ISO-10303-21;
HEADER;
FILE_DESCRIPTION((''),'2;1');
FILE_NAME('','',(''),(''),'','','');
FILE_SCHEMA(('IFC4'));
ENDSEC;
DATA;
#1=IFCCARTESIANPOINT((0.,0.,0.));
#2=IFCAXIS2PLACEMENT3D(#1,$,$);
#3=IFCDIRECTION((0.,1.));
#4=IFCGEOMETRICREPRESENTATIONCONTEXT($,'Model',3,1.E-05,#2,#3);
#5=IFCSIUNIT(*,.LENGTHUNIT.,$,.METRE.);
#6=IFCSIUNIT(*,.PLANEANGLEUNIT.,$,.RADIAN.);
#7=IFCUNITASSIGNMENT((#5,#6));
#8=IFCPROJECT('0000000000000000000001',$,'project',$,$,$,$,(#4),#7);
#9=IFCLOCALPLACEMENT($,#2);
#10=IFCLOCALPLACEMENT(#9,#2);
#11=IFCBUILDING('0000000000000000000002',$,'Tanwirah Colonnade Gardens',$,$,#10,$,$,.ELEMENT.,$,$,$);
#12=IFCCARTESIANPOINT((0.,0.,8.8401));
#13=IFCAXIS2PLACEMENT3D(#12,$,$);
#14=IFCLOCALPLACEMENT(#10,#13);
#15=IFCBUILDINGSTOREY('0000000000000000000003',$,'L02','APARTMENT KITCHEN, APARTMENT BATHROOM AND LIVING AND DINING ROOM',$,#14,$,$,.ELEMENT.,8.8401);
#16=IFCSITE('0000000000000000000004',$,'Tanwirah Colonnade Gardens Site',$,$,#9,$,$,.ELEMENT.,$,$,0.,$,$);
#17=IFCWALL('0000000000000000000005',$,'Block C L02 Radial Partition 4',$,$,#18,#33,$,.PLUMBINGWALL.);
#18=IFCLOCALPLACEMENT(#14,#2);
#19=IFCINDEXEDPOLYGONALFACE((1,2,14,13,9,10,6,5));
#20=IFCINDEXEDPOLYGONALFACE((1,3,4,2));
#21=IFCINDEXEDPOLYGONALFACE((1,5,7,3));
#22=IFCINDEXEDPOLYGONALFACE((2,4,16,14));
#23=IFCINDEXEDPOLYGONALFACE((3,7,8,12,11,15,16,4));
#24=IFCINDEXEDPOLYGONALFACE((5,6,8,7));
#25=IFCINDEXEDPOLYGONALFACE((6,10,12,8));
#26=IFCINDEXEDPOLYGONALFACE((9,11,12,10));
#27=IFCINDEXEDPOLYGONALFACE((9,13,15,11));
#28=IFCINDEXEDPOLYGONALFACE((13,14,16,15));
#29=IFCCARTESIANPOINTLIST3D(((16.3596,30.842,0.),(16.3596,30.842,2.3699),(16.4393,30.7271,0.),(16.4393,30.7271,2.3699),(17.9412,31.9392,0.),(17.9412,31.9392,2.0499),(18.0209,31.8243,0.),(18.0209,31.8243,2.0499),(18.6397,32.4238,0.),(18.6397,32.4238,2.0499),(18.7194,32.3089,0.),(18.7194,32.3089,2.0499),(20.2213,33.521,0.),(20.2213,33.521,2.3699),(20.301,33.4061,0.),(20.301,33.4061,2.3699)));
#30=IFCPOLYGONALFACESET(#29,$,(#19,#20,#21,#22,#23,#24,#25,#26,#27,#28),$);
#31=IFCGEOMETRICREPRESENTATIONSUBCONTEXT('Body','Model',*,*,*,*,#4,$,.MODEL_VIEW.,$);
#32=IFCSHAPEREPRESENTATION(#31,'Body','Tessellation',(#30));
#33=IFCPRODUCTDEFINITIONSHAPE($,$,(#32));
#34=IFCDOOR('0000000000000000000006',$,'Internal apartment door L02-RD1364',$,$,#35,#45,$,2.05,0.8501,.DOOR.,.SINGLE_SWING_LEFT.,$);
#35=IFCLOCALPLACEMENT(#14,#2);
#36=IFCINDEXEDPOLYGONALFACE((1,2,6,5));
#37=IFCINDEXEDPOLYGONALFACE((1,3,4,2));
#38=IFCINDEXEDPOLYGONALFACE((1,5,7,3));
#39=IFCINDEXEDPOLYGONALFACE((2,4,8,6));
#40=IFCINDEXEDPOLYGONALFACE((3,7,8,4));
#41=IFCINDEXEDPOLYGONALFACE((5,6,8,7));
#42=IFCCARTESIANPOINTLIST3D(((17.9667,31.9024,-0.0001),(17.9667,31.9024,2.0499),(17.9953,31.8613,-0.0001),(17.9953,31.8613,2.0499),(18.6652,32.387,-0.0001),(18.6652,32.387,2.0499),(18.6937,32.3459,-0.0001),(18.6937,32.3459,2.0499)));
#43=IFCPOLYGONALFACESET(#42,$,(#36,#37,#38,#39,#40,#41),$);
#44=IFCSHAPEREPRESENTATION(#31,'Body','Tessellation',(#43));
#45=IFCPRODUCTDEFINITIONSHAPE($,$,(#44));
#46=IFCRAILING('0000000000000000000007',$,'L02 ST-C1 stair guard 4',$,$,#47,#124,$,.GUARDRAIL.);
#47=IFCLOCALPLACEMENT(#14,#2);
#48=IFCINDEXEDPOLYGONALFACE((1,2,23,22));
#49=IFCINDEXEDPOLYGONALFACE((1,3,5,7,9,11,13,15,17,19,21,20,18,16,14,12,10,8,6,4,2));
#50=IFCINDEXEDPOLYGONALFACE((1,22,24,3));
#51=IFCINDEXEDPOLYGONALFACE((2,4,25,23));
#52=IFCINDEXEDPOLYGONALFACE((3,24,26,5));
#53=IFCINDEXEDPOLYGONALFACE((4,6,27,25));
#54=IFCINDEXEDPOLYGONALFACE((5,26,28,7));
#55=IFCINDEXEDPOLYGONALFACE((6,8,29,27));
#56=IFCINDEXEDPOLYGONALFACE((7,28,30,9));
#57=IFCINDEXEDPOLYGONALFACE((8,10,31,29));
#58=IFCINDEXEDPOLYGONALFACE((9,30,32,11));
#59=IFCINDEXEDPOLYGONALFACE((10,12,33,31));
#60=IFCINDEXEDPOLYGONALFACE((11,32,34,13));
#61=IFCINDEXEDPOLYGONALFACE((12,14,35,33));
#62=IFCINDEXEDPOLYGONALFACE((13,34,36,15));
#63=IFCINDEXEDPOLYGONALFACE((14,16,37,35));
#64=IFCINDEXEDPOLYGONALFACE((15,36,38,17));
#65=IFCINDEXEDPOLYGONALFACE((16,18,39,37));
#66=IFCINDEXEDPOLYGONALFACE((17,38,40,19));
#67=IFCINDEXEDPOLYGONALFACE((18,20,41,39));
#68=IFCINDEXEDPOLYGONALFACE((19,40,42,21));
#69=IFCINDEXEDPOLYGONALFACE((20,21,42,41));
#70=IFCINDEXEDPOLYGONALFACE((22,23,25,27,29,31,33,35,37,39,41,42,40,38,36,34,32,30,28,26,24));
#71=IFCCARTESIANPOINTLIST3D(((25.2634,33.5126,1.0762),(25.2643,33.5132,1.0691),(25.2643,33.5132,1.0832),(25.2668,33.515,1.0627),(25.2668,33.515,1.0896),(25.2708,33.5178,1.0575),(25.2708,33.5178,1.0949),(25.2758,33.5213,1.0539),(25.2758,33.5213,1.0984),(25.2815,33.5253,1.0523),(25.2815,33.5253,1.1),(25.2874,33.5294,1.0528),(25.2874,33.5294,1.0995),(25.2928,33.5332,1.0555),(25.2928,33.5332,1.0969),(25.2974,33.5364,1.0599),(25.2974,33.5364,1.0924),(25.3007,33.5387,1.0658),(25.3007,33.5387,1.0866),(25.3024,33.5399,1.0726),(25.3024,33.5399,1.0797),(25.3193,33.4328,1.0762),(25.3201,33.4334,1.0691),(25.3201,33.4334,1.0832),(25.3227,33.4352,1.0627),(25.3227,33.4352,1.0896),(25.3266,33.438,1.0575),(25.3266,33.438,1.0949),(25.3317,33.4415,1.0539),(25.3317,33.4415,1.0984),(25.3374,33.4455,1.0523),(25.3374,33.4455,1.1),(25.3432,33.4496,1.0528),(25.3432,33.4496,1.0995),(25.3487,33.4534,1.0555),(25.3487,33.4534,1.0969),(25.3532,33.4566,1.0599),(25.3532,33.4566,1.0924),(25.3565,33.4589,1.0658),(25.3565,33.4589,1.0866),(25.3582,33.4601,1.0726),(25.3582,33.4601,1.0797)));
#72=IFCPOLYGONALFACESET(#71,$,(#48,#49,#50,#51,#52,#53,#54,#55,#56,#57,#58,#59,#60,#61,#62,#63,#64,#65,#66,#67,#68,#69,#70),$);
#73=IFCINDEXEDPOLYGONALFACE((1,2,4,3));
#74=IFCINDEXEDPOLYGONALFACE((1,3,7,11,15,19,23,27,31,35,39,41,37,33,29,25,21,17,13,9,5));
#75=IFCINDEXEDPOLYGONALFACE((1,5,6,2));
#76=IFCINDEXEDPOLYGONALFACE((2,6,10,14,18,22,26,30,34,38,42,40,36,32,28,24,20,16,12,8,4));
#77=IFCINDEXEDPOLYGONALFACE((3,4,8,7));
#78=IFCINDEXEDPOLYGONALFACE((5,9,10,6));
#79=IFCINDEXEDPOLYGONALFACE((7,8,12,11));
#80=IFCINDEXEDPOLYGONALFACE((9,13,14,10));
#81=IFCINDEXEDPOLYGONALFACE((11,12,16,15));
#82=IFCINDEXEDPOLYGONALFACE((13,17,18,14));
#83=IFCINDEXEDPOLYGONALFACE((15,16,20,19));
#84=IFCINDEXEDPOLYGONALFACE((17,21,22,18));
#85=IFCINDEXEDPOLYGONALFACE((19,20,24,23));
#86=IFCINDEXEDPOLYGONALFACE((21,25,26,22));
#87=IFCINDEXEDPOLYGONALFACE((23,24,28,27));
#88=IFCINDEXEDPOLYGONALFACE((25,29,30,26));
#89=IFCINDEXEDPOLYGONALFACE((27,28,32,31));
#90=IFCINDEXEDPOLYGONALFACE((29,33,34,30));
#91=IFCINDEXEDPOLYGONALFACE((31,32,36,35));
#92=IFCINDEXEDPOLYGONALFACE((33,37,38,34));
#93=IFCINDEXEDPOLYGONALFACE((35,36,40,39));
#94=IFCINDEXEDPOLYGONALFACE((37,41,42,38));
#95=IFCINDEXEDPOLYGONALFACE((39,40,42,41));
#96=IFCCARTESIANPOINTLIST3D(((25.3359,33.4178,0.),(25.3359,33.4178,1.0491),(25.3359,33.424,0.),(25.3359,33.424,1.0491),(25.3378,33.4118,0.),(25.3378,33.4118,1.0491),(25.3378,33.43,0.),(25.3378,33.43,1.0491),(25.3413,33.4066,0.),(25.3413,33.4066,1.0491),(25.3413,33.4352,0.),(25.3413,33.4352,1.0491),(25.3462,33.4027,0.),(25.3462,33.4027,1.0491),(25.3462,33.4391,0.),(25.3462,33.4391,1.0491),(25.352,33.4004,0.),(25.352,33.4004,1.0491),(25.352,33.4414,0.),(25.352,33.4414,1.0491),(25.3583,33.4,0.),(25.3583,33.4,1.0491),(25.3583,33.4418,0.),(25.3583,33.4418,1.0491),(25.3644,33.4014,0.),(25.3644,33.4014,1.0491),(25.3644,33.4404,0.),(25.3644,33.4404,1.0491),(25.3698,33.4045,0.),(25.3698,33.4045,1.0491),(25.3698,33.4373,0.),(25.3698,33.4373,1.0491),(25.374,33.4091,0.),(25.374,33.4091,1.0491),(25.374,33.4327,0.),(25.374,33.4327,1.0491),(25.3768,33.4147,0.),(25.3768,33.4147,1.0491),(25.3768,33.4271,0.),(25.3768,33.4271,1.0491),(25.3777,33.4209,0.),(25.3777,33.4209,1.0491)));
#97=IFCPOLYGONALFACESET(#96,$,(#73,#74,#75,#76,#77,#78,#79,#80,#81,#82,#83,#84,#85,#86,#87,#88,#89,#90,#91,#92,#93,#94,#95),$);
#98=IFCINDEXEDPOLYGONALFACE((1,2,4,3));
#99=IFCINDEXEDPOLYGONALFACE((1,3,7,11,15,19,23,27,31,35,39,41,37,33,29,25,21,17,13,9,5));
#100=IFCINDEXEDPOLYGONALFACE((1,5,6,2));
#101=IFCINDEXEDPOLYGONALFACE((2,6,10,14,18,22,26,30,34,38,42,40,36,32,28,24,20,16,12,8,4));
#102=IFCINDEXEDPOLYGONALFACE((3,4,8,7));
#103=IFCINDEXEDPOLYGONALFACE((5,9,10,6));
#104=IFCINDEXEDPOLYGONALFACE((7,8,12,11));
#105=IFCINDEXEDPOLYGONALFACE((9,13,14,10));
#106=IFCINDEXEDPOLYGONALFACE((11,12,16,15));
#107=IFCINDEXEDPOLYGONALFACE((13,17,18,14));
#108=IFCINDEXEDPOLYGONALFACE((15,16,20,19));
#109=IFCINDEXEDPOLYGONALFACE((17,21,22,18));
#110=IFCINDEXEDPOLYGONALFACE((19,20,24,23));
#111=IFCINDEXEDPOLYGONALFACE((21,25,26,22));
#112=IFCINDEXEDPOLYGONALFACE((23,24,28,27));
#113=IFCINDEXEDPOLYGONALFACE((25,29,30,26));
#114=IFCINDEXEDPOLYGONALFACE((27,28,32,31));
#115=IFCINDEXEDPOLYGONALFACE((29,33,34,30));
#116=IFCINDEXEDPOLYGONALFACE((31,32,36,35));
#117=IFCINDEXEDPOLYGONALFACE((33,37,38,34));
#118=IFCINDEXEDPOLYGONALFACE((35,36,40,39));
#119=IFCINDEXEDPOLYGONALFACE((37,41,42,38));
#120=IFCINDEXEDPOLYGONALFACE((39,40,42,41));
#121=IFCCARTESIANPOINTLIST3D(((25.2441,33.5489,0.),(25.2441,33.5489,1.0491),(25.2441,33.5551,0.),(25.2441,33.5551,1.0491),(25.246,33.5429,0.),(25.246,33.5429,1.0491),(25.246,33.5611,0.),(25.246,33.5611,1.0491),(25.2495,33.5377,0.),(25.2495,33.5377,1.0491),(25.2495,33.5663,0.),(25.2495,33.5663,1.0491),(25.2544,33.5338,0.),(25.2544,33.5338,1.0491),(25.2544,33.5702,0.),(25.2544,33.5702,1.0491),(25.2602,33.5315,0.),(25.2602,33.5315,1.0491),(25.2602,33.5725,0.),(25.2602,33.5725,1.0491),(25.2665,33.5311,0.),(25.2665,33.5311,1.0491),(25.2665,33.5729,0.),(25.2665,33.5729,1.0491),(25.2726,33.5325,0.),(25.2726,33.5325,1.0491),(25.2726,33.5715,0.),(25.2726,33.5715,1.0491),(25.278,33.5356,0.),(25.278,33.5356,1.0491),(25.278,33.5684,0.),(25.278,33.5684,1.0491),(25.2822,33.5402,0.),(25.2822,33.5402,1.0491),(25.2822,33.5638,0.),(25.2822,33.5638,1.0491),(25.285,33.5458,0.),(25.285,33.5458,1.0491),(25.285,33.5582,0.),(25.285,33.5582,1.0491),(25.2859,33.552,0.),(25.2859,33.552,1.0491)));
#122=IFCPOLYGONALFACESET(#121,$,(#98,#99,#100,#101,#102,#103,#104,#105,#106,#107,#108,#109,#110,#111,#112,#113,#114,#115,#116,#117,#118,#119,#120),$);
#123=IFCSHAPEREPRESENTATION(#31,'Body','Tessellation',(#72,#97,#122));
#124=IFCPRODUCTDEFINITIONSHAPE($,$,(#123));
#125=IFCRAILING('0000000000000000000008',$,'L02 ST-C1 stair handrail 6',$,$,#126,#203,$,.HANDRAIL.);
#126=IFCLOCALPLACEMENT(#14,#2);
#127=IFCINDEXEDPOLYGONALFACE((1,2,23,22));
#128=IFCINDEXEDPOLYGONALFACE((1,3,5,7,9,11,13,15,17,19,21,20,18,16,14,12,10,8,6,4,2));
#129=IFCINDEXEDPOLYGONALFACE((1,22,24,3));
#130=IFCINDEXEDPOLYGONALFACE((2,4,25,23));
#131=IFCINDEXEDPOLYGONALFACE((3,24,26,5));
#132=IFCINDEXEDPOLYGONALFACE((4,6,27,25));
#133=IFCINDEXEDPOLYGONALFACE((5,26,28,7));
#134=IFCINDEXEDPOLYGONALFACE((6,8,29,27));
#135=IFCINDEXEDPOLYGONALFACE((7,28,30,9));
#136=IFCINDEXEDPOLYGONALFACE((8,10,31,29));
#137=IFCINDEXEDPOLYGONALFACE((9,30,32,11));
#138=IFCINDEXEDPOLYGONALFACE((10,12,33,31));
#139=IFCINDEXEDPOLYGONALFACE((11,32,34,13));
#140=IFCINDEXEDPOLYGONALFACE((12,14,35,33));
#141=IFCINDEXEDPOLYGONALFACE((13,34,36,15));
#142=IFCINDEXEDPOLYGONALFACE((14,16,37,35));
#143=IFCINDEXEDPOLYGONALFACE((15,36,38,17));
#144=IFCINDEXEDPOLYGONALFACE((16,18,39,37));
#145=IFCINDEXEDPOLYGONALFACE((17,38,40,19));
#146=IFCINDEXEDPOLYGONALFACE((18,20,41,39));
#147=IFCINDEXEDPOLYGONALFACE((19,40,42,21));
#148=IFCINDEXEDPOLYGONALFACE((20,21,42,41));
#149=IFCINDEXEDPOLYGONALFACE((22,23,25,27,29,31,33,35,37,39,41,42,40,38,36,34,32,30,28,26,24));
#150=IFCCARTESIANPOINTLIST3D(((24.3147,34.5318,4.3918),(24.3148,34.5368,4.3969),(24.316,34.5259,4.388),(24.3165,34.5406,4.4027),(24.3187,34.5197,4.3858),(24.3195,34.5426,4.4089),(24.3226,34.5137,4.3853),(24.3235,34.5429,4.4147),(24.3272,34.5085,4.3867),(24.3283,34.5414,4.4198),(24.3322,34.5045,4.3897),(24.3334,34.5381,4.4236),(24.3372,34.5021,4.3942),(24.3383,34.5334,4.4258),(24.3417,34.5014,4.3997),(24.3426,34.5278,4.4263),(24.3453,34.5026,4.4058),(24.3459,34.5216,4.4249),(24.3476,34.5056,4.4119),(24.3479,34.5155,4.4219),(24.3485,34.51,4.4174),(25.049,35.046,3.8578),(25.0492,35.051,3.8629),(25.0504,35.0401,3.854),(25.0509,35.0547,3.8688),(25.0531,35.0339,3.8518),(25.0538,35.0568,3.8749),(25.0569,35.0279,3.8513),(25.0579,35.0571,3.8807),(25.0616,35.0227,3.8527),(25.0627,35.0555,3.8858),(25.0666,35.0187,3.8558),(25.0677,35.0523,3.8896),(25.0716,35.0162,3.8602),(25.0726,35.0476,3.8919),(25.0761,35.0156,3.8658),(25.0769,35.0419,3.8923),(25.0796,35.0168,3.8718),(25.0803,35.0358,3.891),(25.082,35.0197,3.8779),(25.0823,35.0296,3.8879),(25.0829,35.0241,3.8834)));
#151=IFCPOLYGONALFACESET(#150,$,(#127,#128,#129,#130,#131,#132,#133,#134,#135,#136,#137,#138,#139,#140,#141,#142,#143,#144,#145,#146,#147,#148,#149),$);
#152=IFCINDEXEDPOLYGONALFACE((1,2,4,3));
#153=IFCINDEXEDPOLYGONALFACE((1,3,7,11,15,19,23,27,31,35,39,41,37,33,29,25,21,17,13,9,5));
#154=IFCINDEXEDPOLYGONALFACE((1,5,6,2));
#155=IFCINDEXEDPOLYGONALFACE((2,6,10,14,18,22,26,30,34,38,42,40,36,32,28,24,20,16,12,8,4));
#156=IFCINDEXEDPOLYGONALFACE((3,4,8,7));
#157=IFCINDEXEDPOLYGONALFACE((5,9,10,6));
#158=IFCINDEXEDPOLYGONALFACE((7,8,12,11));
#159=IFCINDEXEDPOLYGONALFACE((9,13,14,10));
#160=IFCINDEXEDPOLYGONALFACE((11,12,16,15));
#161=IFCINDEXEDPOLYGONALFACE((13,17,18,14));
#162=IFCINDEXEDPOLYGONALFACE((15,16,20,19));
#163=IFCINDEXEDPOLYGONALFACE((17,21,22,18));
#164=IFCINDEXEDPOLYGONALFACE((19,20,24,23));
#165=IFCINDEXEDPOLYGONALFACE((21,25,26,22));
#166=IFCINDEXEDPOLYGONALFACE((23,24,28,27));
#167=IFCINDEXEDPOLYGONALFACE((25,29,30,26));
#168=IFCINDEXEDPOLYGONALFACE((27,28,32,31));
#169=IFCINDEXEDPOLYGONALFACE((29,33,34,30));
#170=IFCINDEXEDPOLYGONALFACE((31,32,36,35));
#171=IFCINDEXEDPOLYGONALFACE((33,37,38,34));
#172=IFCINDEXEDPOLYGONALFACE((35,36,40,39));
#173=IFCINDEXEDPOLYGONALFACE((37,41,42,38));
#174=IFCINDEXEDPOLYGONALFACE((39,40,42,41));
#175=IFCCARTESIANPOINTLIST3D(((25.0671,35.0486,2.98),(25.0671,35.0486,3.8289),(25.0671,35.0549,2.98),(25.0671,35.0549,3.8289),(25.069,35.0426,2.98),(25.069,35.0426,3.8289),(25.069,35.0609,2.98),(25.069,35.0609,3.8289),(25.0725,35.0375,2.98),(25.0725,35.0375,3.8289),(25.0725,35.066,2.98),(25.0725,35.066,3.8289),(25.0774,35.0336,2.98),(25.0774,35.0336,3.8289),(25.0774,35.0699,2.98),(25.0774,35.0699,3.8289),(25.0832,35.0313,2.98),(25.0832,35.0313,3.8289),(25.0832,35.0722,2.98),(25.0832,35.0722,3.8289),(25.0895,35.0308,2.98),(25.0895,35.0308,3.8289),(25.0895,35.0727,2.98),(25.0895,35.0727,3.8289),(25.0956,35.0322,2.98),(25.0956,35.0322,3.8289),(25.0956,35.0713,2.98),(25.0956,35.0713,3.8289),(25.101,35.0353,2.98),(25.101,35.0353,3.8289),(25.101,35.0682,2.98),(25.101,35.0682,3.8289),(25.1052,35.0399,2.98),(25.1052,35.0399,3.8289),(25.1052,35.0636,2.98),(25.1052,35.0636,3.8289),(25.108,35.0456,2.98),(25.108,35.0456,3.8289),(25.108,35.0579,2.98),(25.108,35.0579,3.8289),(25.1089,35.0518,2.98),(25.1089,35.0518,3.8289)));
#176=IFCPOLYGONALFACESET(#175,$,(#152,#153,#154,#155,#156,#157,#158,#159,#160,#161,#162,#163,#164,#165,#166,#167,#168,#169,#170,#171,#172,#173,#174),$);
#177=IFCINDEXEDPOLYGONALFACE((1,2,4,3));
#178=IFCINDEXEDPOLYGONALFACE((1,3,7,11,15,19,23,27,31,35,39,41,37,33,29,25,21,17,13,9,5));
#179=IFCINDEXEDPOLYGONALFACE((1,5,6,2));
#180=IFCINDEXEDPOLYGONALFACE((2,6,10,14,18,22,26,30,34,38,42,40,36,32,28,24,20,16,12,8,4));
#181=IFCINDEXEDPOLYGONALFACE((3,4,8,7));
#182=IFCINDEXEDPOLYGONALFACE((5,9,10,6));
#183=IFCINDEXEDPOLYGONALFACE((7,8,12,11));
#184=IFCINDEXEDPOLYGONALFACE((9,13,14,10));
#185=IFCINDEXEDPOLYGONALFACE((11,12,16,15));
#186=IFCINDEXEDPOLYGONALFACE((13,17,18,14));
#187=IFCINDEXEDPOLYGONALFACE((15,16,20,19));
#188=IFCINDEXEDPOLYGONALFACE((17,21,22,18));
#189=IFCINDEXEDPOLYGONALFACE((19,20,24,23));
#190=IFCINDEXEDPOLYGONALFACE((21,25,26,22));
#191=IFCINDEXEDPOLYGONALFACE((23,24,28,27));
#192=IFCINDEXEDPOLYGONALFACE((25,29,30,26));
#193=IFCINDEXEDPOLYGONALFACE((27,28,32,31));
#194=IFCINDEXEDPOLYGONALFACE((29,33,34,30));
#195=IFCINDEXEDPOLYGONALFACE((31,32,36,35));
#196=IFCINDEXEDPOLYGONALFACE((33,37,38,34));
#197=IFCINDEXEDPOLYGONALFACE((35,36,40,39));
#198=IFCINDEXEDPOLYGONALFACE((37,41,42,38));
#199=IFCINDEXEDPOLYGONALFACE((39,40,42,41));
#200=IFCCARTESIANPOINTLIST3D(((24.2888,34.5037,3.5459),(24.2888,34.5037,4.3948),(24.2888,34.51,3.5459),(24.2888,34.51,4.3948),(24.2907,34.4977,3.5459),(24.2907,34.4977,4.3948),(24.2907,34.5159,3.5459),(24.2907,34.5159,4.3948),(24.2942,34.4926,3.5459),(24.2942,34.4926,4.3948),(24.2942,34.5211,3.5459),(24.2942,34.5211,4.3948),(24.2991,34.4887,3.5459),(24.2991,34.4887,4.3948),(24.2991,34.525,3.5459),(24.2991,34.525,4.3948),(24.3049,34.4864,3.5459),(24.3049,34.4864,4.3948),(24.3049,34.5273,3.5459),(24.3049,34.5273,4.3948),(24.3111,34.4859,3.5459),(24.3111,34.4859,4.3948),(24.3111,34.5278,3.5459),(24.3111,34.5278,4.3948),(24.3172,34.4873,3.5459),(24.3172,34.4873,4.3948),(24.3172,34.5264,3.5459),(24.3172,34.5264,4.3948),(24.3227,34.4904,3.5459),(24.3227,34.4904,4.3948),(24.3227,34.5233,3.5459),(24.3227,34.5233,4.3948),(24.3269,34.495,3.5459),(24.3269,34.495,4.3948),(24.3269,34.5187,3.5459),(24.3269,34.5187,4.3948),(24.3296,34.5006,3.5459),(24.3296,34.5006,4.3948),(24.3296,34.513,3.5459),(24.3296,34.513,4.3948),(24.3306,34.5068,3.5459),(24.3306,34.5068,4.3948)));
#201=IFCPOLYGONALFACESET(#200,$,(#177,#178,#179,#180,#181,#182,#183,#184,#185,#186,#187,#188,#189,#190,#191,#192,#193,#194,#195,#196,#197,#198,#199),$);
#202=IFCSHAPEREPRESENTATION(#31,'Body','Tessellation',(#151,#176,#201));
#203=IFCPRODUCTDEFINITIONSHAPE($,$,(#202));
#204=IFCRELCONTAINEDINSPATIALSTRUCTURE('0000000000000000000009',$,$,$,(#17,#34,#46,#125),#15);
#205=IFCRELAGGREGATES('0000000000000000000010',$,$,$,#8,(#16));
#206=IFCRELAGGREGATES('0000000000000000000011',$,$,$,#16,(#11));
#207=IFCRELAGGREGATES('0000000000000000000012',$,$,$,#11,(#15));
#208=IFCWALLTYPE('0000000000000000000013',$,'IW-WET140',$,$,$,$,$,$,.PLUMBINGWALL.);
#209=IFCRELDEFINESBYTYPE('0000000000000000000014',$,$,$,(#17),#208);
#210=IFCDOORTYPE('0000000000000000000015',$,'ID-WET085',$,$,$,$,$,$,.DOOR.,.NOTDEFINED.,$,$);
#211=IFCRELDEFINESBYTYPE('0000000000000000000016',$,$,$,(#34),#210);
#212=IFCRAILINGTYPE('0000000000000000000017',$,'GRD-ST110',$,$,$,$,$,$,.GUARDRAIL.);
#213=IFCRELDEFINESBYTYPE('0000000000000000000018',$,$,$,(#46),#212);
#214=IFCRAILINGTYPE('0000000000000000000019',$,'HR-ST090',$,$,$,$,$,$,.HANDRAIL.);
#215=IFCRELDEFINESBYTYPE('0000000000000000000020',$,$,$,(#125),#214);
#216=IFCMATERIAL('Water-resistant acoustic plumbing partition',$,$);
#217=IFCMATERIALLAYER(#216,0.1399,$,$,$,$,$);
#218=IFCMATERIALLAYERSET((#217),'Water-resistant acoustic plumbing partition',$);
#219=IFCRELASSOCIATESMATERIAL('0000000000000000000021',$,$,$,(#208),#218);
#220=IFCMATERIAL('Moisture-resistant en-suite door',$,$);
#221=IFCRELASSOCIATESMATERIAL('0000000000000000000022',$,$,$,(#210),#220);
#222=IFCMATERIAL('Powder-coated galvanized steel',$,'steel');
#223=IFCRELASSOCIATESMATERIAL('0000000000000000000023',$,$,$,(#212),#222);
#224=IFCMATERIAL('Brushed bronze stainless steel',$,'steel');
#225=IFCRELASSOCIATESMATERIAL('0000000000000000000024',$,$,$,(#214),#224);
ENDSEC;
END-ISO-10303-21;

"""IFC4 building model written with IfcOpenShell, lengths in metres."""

from ifc_helpers import new_model, si_unit, direction, frame, frame_2d, origin, origin_2d, place, context, subcontext, project, spatial, rectangle, circle, extrude, material, layer, layer_set, type_object, element, fill, save


model = new_model("IFC4")

# Units and contexts
model_context = context("Model", 3, precision=1e-05, world=origin(), true_north=direction((0.0, 1.0)))
body_context = subcontext(model_context, "Body", "Model", "MODEL_VIEW")
ifc_project = project(units=[si_unit("LENGTHUNIT", "METRE"), si_unit("PLANEANGLEUNIT", "RADIAN")], contexts=[model_context])

# Site, building, storey
site_placement = place(None, origin())
site = spatial("IfcSite", under=ifc_project, at=site_placement, Name="Tanwirah Colonnade Gardens Site", CompositionType="ELEMENT", RefElevation=0.0)
building_placement = place(site_placement, origin())
building = spatial("IfcBuilding", under=site, at=building_placement, Name="Tanwirah Colonnade Gardens", CompositionType="ELEMENT")
storey_placement = place(building_placement, frame((0.0, 0.0, 8.8401)))
storey = spatial("IfcBuildingStorey", under=building, at=storey_placement, Name="L02", Description="APARTMENT KITCHEN, APARTMENT BATHROOM AND LIVING AND DINING ROOM", CompositionType="ELEMENT", Elevation=8.8401)

# Wall, opening, door
ifc_material_1 = material(Name="Water-resistant acoustic plumbing partition")
ifc_layer_1 = layer(ifc_material_1, 0.1399)
ifc_layer_set_1 = layer_set([ifc_layer_1], Name="Water-resistant acoustic plumbing partition")
wall_type_1 = type_object("IfcWallType", Name="IW-WET140", PredefinedType="PLUMBINGWALL", material=ifc_layer_set_1)
wall_1_placement = place(storey_placement, frame((20.2612, 33.4636, 0.0), z_axis=(0.0, 0.0, 1.0), x_axis=(-0.821638, -0.570009, 0.0)))
wall_1 = element("IfcWall", 1, at=wall_1_placement, inside=storey, type_object=wall_type_1, Name="Block C L02 Radial Partition 4", PredefinedType="PLUMBINGWALL", context=body_context, shape_type="SweptSolid", body=[
    extrude(rectangle(XDim=4.7, YDim=0.1399, at=frame_2d((2.3501, 0.0))), origin(), (0.0, 0.0, 1.0), 2.3699),
])
opening_1_placement = place(wall_1_placement, frame((1.925, 0.0, 0.0)))
opening_1 = element("IfcOpeningElement", 2, at=opening_1_placement, cuts=wall_1, PredefinedType="OPENING", context=body_context, shape_type="SweptSolid", body=[
    extrude(rectangle(XDim=0.8501, YDim=2.05, at=frame_2d((0.425, 1.0249))), frame((0.0, 0.0798, 0.0), z_axis=(0.0, -1.0, 0.0), x_axis=(1.0, 0.0, 0.0)), (0.0, 0.0, 1.0), 0.1599),
])
ifc_material_2 = material(Name="Moisture-resistant en-suite door")
door_type_1 = type_object("IfcDoorType", Name="ID-WET085", OperationType="NOTDEFINED", PredefinedType="DOOR", material=ifc_material_2)
door_1_placement = place(opening_1_placement, origin())
door_1 = element("IfcDoor", 3, at=door_1_placement, inside=storey, type_object=door_type_1, Name="Internal apartment door L02-RD1364", OperationType="SINGLE_SWING_LEFT", OverallHeight=2.05, OverallWidth=0.8501, PredefinedType="DOOR", context=body_context, shape_type="SweptSolid", body=[
    extrude(rectangle(XDim=0.8501, YDim=2.05, at=frame_2d((0.425, 1.0249))), frame((0.0, 0.0249, 0.0), z_axis=(0.0, -1.0, 0.0), x_axis=(1.0, 0.0, 0.0)), (0.0, 0.0, 1.0), 0.05),
])
fill(opening_1, door_1)

# Railings
ifc_material_3 = material(Name="Powder-coated galvanized steel", Category="steel")
railing_type_1 = type_object("IfcRailingType", Name="GRD-ST110", PredefinedType="GUARDRAIL", material=ifc_material_3)
railing_1_placement = place(storey_placement, frame((25.3567, 33.4209, 0.0)))
element("IfcRailing", 4, at=railing_1_placement, inside=storey, type_object=railing_type_1, Name="L02 ST-C1 stair guard 4", PredefinedType="GUARDRAIL", context=body_context, shape_type="SweptSolid", body=[
    extrude(circle(Radius=0.0239, at=origin_2d()), frame((-0.0178, 0.0256, 1.0762), z_axis=(-0.573565, 0.81916, 0.0), x_axis=(-0.81916, -0.573565, 0.0)), (0.0, 0.0, 1.0), 0.0974),
    extrude(circle(Radius=0.021, at=origin_2d()), origin(), (0.0, 0.0, 1.0), 1.0491),
    extrude(circle(Radius=0.021, at=origin_2d()), frame((-0.0918, 0.1311, 0.0)), (0.0, 0.0, 1.0), 1.0491),
])
ifc_material_4 = material(Name="Brushed bronze stainless steel", Category="steel")
railing_type_2 = type_object("IfcRailingType", Name="HR-ST090", PredefinedType="HANDRAIL", material=ifc_material_4)
railing_2_placement = place(storey_placement, frame((25.0879, 35.0518, 2.98)))
element("IfcRailing", 5, at=railing_2_placement, inside=storey, type_object=railing_type_2, Name="L02 ST-C1 stair handrail 6", PredefinedType="HANDRAIL", context=body_context, shape_type="SweptSolid", body=[
    extrude(circle(Radius=0.0239, at=origin_2d()), frame((-0.022, -0.0154, 0.8918), z_axis=(-0.703797, -0.492747, 0.511732), x_axis=(0.573531, -0.819184, 0.0)), (0.0, 0.0, 1.0), 1.0435),
    extrude(circle(Radius=0.021, at=origin_2d()), origin(), (0.0, 0.0, 1.0), 0.8489),
    extrude(circle(Radius=0.021, at=origin_2d()), frame((-0.7783, -0.5449, 0.5659)), (0.0, 0.0, 1.0), 0.8489),
])

save(model, "model.ifc")
